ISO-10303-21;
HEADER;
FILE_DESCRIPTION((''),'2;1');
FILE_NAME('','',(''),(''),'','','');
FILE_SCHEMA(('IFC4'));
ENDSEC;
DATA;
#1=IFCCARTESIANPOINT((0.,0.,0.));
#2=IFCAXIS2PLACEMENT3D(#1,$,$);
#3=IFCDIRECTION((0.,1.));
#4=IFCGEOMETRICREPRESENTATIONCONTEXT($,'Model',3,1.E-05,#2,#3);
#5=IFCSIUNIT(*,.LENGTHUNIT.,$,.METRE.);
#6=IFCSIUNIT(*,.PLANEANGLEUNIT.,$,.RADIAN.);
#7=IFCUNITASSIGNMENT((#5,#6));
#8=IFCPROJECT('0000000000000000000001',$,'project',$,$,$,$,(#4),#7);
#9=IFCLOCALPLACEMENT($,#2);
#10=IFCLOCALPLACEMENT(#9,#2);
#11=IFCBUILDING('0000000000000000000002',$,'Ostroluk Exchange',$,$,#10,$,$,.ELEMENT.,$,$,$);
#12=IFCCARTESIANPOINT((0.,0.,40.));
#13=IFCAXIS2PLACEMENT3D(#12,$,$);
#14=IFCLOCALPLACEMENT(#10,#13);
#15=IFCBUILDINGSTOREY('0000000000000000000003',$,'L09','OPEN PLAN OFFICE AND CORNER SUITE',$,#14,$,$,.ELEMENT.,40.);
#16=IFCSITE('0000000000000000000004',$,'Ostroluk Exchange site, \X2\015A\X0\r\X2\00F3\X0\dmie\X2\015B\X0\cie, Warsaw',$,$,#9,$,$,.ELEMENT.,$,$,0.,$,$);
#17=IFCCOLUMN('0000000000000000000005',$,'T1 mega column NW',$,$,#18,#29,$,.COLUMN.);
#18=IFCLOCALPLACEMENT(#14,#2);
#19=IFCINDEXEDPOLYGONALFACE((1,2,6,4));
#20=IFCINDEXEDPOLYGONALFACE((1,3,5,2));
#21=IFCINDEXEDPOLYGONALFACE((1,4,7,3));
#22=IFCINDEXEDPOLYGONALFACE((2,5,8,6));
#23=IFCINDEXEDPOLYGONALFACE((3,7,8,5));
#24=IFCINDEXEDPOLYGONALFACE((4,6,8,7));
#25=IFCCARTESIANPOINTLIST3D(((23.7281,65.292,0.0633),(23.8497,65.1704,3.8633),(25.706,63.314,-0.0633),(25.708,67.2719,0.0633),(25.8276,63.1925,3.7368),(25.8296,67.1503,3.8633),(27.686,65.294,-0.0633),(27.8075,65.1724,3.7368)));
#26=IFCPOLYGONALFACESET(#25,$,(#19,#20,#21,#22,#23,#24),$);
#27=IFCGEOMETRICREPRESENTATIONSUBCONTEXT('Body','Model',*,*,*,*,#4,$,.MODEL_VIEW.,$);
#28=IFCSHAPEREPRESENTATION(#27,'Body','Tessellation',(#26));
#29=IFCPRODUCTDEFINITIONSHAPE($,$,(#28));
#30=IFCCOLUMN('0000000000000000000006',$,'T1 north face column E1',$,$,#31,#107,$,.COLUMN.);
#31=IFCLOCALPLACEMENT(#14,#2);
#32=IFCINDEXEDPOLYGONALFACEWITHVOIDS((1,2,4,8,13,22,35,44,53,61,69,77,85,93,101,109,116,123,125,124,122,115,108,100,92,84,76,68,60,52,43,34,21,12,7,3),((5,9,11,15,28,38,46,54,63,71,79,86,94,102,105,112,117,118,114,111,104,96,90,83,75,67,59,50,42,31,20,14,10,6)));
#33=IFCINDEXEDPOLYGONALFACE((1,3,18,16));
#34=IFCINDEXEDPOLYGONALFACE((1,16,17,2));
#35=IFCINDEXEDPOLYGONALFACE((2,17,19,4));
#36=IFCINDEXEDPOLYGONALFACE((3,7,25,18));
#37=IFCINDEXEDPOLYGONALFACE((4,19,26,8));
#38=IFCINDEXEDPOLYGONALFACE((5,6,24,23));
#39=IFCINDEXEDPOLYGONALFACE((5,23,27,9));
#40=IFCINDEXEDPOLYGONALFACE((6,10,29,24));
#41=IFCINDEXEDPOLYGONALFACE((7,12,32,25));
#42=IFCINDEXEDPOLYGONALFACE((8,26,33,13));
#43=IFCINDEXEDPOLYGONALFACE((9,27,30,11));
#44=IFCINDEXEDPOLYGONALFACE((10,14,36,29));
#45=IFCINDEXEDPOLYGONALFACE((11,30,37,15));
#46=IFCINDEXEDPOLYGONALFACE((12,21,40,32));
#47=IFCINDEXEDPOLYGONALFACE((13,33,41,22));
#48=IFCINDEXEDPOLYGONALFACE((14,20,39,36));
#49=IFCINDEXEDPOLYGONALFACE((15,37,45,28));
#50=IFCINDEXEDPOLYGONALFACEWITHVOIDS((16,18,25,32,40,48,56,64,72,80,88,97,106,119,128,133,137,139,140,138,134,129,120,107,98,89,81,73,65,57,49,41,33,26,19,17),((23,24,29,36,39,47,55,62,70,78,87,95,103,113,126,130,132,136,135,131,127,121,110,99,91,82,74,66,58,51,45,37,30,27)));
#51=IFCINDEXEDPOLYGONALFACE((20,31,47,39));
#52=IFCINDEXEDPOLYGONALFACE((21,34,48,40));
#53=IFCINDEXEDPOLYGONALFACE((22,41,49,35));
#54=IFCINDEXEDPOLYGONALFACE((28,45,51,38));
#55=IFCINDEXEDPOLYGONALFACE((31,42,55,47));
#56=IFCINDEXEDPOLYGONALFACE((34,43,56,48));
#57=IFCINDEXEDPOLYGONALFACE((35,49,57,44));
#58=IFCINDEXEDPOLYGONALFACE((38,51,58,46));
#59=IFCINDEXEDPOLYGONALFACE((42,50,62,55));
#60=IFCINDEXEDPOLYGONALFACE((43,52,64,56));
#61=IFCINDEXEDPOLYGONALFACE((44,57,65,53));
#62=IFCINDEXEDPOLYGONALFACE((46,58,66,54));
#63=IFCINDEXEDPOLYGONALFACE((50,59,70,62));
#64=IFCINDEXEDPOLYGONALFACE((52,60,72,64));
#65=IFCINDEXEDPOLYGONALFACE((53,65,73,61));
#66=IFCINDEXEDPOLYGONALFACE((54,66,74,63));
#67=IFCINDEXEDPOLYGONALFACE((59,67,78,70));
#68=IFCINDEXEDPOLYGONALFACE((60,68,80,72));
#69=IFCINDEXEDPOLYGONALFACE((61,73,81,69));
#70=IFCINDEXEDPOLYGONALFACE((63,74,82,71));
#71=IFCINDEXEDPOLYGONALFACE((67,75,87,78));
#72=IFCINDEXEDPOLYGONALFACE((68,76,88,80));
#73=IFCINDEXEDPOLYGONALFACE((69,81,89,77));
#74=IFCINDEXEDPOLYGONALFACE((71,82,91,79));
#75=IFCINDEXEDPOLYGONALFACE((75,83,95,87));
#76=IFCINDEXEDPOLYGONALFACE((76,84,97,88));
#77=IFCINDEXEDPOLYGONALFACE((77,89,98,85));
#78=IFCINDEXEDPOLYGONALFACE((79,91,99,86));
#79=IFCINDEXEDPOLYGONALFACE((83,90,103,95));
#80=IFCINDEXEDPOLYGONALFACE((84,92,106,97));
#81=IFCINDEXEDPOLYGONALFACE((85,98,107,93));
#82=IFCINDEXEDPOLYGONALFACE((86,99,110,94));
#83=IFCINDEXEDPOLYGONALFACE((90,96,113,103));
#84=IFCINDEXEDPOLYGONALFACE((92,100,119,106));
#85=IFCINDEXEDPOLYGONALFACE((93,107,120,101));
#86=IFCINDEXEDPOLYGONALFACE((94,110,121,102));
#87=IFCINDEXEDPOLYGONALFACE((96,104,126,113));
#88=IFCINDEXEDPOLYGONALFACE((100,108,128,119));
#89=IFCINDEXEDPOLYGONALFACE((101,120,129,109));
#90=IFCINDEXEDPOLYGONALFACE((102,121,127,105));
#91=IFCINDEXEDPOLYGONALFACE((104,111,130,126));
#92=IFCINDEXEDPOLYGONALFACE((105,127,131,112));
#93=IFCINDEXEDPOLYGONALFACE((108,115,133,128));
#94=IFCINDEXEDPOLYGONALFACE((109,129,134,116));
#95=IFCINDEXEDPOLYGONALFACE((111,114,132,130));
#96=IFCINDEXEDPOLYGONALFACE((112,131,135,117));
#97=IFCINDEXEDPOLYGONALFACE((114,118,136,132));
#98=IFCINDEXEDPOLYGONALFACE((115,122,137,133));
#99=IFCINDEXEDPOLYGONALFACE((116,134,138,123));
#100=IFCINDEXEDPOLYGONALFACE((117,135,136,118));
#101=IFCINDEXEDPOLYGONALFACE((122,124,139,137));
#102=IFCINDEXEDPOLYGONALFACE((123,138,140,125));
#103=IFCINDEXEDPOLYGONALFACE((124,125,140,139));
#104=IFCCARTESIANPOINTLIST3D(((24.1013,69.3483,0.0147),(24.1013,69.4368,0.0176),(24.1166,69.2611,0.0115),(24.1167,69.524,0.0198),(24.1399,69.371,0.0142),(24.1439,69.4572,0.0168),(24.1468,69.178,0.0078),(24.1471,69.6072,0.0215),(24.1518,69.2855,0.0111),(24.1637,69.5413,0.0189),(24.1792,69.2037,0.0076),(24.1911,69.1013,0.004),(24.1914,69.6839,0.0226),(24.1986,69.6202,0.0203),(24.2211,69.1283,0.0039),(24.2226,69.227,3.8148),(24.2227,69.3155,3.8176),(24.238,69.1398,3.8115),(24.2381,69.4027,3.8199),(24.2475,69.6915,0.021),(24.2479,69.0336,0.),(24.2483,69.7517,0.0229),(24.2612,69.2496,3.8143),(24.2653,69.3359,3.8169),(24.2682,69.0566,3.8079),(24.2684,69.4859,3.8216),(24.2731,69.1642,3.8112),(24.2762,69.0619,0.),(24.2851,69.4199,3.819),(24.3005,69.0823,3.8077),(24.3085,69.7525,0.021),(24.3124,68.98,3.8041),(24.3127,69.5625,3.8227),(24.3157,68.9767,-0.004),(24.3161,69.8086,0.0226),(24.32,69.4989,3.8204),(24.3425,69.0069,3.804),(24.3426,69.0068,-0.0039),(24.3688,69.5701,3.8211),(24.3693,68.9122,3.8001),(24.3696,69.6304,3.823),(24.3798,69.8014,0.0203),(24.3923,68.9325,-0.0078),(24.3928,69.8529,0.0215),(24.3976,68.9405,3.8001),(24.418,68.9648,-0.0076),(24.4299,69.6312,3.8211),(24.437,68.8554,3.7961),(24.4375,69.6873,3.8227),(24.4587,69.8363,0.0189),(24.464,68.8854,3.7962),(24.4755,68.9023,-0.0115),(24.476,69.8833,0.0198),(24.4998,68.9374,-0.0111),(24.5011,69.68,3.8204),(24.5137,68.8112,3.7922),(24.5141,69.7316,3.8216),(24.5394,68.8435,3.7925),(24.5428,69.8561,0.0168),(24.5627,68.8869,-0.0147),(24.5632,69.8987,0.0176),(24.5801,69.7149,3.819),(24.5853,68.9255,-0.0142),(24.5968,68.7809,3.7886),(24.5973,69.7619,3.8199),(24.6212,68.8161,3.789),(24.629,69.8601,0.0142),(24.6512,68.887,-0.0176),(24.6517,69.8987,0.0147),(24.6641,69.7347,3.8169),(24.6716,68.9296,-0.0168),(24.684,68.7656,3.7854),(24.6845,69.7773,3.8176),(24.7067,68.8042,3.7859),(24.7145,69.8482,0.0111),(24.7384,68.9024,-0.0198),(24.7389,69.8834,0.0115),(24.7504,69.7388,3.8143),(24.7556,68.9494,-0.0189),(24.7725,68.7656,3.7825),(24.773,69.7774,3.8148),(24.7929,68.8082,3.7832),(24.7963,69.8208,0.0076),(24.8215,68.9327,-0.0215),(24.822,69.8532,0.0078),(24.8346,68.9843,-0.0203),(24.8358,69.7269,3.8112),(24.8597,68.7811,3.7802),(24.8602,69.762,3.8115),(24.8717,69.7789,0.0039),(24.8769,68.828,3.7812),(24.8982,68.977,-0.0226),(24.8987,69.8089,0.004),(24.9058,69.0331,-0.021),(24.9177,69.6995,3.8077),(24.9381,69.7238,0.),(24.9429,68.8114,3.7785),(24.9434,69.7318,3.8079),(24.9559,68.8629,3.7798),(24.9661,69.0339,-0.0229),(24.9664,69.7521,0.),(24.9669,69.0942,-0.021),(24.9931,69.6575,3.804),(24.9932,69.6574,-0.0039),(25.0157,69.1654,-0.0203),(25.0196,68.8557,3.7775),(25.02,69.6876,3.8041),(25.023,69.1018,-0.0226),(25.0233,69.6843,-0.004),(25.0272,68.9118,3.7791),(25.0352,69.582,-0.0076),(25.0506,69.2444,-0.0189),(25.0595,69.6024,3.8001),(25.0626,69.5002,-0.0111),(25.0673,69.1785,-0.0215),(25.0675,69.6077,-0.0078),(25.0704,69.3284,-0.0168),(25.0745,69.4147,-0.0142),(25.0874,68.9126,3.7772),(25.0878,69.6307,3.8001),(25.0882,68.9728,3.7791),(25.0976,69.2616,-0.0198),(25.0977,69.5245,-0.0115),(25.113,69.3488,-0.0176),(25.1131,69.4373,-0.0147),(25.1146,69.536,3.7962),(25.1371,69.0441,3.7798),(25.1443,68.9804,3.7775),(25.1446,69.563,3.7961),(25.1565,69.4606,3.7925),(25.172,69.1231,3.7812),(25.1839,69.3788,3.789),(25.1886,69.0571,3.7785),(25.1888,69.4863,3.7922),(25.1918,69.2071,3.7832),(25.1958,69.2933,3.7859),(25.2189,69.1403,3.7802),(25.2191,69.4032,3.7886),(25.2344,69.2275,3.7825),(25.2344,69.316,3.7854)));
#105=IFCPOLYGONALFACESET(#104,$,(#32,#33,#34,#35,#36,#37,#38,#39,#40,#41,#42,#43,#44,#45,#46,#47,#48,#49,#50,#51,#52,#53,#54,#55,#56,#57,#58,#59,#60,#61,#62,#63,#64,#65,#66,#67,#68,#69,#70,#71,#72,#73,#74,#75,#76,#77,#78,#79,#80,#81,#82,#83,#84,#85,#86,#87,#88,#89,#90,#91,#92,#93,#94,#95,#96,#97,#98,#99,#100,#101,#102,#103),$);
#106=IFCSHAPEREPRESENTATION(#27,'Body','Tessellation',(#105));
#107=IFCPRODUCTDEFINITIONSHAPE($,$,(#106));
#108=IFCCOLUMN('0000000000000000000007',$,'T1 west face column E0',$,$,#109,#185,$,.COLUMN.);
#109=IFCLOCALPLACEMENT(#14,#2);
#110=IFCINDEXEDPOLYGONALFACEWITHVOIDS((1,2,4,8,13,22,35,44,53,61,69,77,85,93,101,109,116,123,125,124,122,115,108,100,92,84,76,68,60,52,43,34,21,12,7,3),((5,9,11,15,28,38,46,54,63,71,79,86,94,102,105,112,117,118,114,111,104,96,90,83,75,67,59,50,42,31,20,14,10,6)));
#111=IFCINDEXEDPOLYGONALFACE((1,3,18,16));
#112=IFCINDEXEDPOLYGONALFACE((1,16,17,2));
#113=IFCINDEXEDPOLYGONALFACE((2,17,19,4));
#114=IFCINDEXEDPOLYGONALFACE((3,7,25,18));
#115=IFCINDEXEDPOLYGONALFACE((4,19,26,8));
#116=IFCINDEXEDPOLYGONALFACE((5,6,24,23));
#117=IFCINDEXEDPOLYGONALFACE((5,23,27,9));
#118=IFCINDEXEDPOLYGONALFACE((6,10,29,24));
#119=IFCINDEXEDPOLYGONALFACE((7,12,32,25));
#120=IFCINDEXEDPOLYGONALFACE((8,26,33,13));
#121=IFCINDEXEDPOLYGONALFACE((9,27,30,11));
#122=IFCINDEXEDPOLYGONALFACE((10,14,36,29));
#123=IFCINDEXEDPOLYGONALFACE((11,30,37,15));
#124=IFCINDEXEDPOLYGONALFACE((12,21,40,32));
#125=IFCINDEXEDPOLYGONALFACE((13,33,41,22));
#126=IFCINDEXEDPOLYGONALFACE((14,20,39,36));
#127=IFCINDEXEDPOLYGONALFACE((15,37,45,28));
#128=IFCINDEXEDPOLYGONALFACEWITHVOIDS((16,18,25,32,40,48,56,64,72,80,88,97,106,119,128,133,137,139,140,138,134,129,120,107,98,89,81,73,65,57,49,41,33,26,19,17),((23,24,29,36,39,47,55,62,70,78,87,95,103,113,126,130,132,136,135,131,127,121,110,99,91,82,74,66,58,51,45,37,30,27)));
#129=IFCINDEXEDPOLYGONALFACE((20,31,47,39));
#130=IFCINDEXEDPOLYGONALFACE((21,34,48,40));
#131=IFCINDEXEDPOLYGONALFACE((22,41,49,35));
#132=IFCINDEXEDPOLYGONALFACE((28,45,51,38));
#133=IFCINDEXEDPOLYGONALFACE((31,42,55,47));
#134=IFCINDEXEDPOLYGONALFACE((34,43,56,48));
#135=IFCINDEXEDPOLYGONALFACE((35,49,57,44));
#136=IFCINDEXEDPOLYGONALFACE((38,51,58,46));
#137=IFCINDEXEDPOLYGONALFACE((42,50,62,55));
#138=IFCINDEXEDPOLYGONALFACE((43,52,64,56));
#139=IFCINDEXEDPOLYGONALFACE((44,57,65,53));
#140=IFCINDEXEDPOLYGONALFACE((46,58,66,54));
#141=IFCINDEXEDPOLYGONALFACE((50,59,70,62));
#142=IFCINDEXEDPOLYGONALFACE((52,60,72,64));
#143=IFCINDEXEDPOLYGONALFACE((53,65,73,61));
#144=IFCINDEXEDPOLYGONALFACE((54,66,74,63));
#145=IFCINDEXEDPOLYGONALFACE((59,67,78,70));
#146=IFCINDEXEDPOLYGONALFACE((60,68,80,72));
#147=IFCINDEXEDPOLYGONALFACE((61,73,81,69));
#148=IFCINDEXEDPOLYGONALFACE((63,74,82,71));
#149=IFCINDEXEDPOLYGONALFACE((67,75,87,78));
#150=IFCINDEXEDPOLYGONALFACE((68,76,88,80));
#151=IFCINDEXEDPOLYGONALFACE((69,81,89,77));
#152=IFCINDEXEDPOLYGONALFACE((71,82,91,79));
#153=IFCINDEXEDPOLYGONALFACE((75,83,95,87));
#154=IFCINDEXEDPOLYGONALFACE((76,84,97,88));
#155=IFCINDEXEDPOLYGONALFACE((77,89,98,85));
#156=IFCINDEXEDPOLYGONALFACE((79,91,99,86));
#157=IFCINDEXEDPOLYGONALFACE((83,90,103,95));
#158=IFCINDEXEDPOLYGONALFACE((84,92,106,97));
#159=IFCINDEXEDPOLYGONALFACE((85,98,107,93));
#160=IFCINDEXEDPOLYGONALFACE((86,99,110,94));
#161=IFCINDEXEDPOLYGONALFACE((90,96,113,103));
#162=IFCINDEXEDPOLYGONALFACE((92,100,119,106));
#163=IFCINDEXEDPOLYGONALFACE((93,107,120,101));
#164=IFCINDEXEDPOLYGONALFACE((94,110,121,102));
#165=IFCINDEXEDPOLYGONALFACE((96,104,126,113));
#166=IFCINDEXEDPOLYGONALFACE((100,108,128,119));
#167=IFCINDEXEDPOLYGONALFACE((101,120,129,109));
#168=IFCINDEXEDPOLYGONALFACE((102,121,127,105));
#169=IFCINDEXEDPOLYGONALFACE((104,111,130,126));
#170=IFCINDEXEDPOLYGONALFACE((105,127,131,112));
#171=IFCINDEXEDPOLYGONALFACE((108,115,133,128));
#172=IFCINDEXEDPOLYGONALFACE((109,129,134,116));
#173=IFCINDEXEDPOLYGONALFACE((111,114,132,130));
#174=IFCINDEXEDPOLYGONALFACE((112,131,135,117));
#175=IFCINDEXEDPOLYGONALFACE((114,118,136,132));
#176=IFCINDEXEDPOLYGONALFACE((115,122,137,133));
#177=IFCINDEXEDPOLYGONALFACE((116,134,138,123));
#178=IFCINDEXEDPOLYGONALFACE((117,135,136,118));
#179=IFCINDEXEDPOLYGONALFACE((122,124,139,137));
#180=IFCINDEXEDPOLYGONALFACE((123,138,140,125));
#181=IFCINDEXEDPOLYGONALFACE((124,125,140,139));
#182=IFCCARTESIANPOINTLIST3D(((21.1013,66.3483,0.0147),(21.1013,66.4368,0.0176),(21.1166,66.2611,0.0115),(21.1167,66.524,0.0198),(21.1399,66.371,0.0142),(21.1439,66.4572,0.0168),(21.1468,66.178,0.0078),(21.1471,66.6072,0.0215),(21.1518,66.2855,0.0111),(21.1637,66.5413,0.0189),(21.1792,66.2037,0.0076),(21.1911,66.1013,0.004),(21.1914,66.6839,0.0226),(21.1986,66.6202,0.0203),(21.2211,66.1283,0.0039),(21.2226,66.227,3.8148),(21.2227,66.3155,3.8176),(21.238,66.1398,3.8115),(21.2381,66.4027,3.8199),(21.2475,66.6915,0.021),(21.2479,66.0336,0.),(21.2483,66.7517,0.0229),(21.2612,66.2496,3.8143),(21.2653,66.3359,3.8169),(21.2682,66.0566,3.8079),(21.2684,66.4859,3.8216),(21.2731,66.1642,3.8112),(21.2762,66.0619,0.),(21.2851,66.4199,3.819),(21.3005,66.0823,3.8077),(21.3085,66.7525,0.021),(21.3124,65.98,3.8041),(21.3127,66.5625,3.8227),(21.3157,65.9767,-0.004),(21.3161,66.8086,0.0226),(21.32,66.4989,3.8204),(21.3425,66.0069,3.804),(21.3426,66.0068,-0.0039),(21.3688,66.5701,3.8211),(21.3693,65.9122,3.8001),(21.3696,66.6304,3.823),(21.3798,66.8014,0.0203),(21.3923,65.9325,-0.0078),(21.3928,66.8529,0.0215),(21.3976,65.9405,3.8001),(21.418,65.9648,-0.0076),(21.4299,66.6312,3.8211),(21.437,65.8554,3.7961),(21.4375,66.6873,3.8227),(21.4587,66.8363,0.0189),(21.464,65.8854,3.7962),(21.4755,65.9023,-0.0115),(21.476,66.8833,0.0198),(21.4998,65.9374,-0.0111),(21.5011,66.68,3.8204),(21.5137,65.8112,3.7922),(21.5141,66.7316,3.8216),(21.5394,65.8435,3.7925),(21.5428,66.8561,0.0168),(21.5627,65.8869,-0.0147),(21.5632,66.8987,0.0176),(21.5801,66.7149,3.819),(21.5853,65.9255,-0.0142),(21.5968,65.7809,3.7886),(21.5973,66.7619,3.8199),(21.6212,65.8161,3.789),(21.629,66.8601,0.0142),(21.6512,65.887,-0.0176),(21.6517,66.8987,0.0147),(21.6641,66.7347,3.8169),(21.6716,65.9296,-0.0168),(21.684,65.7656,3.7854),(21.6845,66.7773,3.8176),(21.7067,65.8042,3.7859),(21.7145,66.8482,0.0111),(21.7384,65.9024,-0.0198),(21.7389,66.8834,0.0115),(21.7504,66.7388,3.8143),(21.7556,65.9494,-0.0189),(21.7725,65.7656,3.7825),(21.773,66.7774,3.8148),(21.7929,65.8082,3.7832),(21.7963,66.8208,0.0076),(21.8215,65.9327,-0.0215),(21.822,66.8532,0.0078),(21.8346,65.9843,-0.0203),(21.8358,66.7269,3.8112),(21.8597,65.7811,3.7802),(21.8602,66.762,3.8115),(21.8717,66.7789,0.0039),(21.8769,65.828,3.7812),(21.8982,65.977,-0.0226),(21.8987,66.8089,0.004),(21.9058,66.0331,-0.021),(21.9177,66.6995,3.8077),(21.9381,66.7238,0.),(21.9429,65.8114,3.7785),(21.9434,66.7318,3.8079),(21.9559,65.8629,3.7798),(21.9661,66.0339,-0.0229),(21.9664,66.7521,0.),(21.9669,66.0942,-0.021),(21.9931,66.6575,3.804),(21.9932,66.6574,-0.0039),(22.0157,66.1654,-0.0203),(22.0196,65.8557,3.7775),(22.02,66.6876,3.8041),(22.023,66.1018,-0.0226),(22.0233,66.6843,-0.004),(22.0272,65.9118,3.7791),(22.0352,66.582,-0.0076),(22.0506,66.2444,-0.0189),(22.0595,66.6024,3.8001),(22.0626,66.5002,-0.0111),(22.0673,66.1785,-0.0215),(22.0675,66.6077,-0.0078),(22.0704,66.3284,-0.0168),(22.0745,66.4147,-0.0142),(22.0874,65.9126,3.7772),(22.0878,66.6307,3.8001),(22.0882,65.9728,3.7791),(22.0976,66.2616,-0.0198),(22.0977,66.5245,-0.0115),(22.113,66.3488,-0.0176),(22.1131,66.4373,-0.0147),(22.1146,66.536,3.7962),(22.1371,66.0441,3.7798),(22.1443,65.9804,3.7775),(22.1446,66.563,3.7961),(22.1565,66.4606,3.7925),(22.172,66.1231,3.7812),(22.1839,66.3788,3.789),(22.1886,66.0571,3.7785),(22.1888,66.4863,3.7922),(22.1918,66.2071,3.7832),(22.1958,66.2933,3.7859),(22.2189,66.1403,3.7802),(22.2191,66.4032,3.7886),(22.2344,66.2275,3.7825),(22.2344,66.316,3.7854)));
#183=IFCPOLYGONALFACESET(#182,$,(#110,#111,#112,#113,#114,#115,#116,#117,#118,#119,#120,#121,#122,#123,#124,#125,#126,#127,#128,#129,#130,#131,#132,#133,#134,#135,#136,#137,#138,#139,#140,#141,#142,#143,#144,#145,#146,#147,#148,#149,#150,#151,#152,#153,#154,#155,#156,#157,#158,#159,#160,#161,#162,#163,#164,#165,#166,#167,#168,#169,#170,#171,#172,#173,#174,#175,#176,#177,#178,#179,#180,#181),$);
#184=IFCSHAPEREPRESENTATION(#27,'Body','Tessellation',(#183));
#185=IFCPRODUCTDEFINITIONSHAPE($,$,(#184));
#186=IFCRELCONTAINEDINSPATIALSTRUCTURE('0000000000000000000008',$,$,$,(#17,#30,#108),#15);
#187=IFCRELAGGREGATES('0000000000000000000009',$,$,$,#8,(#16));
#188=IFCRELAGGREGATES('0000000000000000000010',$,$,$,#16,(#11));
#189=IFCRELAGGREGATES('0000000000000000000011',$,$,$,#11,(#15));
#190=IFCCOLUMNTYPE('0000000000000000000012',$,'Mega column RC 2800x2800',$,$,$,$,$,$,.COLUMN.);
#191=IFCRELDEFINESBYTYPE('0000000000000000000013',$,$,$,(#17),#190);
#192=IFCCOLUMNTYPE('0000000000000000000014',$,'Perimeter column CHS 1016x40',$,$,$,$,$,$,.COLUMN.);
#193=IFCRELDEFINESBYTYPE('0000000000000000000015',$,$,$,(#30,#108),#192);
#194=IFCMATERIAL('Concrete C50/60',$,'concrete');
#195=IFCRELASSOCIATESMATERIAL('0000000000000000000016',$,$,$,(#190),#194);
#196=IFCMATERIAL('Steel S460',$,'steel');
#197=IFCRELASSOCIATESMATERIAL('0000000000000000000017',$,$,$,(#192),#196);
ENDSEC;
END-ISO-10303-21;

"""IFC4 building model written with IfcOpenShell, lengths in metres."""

from ifc_helpers import new_model, si_unit, direction, frame, origin, origin_2d, place, context, subcontext, project, spatial, rectangle, hollow_circle, extrude, material, material_profile, profile_set, type_object, element, save


model = new_model("IFC4")

# Units and contexts
model_context = context("Model", 3, precision=1e-05, world=origin(), true_north=direction((0.0, 1.0)))
body_context = subcontext(model_context, "Body", "Model", "MODEL_VIEW")
ifc_project = project(units=[si_unit("LENGTHUNIT", "METRE"), si_unit("PLANEANGLEUNIT", "RADIAN")], contexts=[model_context])

# Site, building, storey
site_placement = place(None, origin())
site = spatial("IfcSite", under=ifc_project, at=site_placement, Name="Ostroluk Exchange site, Śródmieście, Warsaw", CompositionType="ELEMENT", RefElevation=0.0)
building_placement = place(site_placement, origin())
building = spatial("IfcBuilding", under=site, at=building_placement, Name="Ostroluk Exchange", CompositionType="ELEMENT")
storey_placement = place(building_placement, frame((0.0, 0.0, 40.0)))
storey = spatial("IfcBuildingStorey", under=building, at=storey_placement, Name="L09", Description="OPEN PLAN OFFICE AND CORNER SUITE", CompositionType="ELEMENT", Elevation=40.0)

# Columns
ifc_material_1 = material(Name="Concrete C50/60", Category="concrete")
ifc_material_profile_1 = material_profile(ifc_material_1, rectangle(XDim=2.8, YDim=2.8, at=origin_2d()), Name="RC 2800x2800")
ifc_profile_set_1 = profile_set([ifc_material_profile_1], Name="Concrete C50/60")
column_type_1 = type_object("IfcColumnType", Name="Mega column RC 2800x2800", PredefinedType="COLUMN", material=ifc_profile_set_1)
column_placement = place(storey_placement, frame((25.707, 65.293, 0.0), z_axis=(0.031962, -0.031962, 0.998978), x_axis=(0.707107, 0.707107, 0.0)))
element("IfcColumn", 1, at=column_placement, inside=storey, type_object=column_type_1, Name="T1 mega column NW", PredefinedType="COLUMN", context=body_context, shape_type="SweptSolid", body=[
    extrude(rectangle(XDim=2.8, YDim=2.8, at=origin_2d()), origin(), (0.0, 0.0, 1.0), 3.804),
])
ifc_material_2 = material(Name="Steel S460", Category="steel")
ifc_material_profile_2 = material_profile(ifc_material_2, hollow_circle(Radius=0.5081, WallThickness=0.04, at=origin_2d()), Name="CHS 1016x40")
ifc_profile_set_2 = profile_set([ifc_material_profile_2], Name="Steel S460")
column_type_2 = type_object("IfcColumnType", Name="Perimeter column CHS 1016x40", PredefinedType="COLUMN", material=ifc_profile_set_2)
for number, where, z_axis, x_axis, name in (
    (2, (24.6072, 69.3928, 0.0), (0.031898, -0.031898, 0.998982), (0.707107, 0.707107, 0.0), "T1 north face column E1"),
    (3, (21.6072, 66.3928, 0.0), (0.031898, -0.031898, 0.998982), (0.707107, 0.707107, 0.0), "T1 west face column E0"),
):
    element("IfcColumn", number, at=place(storey_placement, frame(where, z_axis=z_axis, x_axis=x_axis)), inside=storey, type_object=column_type_2, Name=name, PredefinedType="COLUMN", context=body_context, shape_type="SweptSolid", body=[
        extrude(hollow_circle(Radius=0.5081, WallThickness=0.04, at=origin_2d()), origin(), (0.0, 0.0, 1.0), 3.804),
    ])

save(model, "model.ifc")
